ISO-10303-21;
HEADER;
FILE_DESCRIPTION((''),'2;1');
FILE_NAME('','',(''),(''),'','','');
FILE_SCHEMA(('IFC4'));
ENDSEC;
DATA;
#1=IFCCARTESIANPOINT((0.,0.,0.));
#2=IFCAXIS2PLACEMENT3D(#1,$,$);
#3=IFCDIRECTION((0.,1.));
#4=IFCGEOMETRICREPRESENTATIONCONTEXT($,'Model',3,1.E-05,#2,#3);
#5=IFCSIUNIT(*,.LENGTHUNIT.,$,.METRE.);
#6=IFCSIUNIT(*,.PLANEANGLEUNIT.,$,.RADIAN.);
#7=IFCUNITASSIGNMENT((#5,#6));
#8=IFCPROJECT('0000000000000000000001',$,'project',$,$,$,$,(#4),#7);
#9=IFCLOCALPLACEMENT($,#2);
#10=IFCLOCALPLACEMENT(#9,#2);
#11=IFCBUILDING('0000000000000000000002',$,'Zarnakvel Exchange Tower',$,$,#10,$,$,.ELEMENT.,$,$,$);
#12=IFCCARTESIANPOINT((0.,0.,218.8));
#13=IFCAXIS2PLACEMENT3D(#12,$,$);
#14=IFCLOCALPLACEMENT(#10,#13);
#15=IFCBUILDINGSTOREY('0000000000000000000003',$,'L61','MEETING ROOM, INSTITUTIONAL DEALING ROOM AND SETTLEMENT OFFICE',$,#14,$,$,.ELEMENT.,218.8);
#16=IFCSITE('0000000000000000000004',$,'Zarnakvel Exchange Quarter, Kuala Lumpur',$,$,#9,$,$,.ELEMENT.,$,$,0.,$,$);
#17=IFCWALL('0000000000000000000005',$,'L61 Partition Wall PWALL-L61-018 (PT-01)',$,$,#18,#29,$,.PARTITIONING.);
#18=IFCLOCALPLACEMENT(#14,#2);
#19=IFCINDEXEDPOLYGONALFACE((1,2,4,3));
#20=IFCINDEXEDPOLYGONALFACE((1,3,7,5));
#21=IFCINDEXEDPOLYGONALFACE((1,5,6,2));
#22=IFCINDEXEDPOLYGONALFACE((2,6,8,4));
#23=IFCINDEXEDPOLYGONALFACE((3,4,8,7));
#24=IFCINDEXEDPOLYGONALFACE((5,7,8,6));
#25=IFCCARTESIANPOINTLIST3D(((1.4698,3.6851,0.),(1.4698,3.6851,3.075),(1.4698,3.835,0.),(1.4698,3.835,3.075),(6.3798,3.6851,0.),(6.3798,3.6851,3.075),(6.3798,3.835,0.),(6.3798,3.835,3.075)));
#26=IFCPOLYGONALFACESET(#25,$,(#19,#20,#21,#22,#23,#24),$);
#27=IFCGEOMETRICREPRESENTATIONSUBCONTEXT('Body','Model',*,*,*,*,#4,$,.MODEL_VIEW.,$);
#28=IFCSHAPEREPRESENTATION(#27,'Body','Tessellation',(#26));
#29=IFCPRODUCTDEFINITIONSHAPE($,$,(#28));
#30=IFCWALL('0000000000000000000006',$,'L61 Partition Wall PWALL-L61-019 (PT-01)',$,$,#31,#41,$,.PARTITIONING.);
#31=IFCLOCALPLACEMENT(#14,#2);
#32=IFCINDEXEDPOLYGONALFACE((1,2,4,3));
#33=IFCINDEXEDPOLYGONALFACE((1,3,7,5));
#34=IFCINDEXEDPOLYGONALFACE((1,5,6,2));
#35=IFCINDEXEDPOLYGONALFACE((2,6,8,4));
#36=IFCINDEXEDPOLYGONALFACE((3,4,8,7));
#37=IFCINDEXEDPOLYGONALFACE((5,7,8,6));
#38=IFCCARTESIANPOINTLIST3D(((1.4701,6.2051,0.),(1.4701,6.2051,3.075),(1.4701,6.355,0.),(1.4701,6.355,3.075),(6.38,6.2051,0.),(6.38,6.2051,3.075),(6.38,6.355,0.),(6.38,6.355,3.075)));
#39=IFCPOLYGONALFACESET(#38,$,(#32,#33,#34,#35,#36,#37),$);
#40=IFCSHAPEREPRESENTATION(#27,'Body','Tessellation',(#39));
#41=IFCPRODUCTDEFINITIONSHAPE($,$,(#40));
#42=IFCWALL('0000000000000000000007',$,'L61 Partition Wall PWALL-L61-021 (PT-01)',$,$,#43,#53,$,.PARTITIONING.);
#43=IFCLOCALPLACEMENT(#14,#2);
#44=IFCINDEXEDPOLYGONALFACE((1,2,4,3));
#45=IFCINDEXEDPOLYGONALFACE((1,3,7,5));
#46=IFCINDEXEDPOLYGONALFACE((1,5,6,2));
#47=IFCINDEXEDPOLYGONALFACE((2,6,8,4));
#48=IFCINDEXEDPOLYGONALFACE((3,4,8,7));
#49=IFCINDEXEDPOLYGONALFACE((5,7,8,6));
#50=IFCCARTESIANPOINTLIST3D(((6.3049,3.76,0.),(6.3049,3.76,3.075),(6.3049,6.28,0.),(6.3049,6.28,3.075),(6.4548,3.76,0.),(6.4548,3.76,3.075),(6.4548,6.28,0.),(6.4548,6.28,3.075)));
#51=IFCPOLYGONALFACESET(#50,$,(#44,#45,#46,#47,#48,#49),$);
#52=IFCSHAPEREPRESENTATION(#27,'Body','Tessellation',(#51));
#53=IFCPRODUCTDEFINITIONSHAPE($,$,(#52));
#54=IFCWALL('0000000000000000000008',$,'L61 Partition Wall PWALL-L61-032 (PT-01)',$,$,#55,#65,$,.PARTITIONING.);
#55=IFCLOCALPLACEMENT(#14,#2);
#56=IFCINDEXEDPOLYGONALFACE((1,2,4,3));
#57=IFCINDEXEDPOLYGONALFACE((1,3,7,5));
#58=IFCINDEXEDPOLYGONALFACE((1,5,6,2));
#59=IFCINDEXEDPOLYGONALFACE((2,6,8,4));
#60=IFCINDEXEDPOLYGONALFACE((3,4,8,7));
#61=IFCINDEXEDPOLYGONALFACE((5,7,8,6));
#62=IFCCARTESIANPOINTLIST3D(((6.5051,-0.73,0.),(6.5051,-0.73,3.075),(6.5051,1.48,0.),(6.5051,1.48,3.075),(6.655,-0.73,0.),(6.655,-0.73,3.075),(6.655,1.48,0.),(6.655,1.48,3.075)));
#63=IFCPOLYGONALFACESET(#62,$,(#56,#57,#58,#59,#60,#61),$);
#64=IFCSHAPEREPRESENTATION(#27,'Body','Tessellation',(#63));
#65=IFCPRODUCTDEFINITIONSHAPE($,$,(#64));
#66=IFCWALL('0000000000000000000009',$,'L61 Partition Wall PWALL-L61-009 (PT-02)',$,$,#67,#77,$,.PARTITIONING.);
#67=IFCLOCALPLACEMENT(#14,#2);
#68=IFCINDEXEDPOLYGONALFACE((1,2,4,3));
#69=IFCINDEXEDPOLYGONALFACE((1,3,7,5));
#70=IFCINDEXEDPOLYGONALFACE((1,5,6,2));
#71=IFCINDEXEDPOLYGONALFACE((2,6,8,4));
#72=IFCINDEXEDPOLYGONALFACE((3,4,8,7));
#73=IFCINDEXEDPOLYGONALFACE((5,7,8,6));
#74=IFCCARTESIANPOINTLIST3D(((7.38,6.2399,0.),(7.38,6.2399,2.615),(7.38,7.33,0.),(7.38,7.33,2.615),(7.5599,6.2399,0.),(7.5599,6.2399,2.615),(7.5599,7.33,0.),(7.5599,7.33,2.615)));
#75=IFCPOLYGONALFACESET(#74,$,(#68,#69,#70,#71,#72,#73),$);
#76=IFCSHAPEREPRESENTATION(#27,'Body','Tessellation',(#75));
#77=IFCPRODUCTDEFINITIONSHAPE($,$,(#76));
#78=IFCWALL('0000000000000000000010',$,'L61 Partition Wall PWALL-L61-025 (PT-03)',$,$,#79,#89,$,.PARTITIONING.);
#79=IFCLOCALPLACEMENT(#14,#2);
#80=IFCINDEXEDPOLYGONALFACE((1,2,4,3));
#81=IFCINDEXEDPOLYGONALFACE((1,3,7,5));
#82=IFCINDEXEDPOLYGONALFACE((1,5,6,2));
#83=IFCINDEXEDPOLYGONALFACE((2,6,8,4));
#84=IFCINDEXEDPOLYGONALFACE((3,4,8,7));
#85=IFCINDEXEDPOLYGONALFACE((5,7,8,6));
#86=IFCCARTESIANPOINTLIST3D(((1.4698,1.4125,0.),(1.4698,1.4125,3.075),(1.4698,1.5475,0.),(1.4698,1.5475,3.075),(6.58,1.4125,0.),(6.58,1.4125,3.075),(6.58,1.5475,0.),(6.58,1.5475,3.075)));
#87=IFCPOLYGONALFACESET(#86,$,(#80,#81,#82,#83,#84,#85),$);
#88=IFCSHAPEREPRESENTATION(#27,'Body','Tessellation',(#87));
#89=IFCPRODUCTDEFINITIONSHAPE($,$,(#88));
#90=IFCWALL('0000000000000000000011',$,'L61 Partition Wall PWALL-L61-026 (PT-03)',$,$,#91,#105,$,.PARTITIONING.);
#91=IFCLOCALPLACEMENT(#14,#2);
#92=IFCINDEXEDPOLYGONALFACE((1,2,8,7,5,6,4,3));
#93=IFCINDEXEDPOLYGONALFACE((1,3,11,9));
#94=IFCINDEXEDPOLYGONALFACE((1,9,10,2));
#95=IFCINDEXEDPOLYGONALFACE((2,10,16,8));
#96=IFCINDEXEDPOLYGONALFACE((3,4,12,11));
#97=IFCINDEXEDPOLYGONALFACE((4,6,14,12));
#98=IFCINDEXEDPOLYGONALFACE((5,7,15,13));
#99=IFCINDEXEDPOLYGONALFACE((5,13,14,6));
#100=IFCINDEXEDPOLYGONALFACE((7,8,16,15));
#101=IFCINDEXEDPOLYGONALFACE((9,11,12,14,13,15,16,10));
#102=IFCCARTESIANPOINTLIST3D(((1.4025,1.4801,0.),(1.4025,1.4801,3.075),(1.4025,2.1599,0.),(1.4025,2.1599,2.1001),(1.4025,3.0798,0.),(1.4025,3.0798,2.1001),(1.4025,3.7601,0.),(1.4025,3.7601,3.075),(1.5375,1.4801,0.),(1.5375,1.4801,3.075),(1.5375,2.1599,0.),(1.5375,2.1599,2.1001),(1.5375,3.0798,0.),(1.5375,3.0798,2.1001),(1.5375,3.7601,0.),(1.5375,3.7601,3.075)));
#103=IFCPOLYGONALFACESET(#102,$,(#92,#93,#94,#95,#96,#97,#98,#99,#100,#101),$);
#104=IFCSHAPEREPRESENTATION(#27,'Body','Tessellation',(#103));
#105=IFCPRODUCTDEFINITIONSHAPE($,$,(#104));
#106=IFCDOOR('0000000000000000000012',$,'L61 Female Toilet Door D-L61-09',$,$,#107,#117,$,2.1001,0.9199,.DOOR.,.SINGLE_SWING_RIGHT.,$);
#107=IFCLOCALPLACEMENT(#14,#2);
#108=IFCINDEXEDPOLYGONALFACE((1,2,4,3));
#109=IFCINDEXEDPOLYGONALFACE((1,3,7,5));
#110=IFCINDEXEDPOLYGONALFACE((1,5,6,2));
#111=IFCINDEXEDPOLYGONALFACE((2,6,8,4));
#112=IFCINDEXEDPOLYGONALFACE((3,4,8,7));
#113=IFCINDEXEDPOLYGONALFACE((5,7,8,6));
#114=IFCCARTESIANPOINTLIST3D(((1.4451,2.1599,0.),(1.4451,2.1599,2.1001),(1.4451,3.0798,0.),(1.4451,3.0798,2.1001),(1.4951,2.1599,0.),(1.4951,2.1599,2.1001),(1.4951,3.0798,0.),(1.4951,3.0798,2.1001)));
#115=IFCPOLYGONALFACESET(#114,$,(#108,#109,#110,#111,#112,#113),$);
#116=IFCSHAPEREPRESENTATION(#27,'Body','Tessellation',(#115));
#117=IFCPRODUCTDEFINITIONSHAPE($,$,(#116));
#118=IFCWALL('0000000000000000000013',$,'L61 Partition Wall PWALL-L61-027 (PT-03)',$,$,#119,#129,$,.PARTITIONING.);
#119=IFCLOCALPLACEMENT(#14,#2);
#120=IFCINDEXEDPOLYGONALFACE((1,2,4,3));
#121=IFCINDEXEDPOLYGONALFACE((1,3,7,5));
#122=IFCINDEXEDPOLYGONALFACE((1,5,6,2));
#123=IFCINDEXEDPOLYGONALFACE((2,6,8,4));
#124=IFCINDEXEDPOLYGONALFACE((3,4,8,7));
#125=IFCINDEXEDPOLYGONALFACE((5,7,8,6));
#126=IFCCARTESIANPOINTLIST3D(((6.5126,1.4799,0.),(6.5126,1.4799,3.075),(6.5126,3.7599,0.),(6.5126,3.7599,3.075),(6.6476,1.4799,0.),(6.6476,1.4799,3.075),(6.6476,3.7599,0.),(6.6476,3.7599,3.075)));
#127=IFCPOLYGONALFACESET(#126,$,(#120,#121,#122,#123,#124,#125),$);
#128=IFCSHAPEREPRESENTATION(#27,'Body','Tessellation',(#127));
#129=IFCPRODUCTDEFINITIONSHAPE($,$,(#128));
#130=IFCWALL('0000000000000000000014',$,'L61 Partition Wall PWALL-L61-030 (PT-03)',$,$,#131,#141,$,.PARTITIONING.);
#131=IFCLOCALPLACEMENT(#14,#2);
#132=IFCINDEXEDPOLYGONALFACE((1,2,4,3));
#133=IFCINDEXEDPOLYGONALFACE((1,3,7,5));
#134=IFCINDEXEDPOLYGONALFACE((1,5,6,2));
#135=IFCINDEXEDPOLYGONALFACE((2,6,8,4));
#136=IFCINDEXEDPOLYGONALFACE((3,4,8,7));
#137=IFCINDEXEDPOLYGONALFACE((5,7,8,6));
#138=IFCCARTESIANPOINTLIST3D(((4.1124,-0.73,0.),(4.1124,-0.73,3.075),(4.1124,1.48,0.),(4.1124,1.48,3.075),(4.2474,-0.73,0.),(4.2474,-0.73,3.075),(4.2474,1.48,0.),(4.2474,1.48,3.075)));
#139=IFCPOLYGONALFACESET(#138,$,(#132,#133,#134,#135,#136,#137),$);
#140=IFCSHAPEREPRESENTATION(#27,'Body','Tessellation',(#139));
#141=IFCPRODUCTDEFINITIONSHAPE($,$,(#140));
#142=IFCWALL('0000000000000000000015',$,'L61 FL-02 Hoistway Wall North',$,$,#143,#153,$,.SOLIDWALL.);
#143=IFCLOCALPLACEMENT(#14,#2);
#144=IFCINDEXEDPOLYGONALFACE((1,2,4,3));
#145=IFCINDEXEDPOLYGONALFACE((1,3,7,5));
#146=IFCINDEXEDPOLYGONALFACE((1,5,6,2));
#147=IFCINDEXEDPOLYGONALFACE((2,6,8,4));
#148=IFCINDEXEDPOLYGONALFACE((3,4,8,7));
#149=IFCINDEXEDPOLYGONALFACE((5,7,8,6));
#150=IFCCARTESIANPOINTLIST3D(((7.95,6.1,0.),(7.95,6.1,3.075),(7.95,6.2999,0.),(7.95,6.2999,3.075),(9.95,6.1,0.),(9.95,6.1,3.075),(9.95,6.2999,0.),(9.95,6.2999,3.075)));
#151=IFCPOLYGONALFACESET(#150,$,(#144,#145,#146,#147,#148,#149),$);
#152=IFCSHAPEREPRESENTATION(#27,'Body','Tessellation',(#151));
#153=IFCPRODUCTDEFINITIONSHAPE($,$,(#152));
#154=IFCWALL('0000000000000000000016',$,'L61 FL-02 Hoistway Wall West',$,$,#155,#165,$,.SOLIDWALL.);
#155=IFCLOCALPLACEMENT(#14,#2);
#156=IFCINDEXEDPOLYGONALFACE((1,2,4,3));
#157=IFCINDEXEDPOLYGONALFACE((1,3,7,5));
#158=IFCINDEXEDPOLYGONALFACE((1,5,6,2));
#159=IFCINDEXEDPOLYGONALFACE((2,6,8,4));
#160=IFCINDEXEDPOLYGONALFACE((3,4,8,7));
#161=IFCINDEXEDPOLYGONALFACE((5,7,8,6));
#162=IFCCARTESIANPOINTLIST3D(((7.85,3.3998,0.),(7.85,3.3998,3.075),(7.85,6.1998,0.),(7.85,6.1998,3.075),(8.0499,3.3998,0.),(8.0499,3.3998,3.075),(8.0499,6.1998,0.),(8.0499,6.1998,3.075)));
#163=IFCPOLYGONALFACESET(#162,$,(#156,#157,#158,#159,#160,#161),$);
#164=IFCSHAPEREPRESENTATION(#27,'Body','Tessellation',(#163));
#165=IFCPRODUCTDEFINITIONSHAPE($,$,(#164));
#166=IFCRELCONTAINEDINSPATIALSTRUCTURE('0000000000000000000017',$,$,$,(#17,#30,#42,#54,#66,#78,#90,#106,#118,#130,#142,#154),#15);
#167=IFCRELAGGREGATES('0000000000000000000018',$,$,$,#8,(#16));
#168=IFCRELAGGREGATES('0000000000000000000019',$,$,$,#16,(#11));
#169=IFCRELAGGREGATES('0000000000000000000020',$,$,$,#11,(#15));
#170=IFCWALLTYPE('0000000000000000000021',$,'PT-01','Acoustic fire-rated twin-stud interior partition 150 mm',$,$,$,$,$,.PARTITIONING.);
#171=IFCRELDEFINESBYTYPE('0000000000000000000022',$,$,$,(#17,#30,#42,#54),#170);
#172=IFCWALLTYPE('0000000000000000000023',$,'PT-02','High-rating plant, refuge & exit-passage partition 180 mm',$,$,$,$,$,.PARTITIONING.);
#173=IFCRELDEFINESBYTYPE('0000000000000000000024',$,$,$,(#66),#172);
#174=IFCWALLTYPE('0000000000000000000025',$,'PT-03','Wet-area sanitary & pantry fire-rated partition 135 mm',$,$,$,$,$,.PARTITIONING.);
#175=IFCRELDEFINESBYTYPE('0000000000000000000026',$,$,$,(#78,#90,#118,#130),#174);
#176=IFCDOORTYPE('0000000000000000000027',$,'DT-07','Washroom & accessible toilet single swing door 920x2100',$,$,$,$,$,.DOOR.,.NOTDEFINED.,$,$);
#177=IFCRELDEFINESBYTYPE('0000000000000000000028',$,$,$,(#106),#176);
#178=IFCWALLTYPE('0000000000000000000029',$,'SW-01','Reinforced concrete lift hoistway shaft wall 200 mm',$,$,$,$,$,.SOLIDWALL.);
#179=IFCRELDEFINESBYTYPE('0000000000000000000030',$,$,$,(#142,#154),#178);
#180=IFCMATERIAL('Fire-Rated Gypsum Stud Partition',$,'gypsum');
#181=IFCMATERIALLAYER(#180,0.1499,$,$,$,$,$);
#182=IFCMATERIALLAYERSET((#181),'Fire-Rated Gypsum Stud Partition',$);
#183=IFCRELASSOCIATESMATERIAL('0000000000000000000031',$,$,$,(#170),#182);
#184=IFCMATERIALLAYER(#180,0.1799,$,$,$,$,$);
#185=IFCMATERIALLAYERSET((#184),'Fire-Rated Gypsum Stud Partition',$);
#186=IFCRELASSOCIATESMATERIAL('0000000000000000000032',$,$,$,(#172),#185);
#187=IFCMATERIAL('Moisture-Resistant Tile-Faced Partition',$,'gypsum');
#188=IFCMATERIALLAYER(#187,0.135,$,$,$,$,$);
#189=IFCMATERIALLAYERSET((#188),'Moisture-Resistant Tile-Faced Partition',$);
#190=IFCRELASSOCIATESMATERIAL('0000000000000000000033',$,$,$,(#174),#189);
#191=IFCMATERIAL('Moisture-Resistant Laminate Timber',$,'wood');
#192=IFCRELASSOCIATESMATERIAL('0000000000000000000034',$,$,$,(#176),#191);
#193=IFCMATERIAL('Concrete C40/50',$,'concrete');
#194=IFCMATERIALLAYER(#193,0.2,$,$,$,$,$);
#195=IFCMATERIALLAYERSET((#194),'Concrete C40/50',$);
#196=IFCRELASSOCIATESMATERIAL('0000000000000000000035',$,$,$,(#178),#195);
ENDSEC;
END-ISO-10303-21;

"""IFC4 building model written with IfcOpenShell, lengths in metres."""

from ifc_helpers import new_model, si_unit, direction, frame, frame_2d, origin, place, context, subcontext, project, spatial, rectangle, extrude, source, transform, mapped, material, layer, layer_set, type_object, element, fill, save


model = new_model("IFC4")

# Units and contexts
model_context = context("Model", 3, precision=1e-05, world=origin(), true_north=direction((0.0, 1.0)))
body_context = subcontext(model_context, "Body", "Model", "MODEL_VIEW")
ifc_project = project(units=[si_unit("LENGTHUNIT", "METRE"), si_unit("PLANEANGLEUNIT", "RADIAN")], contexts=[model_context])

# Site, building, storey
site_placement = place(None, origin())
site = spatial("IfcSite", under=ifc_project, at=site_placement, Name="Zarnakvel Exchange Quarter, Kuala Lumpur", CompositionType="ELEMENT", RefElevation=0.0)
building_placement = place(site_placement, origin())
building = spatial("IfcBuilding", under=site, at=building_placement, Name="Zarnakvel Exchange Tower", CompositionType="ELEMENT")
storey_placement = place(building_placement, frame((0.0, 0.0, 218.8)))
storey = spatial("IfcBuildingStorey", under=building, at=storey_placement, Name="L61", Description="MEETING ROOM, INSTITUTIONAL DEALING ROOM AND SETTLEMENT OFFICE", CompositionType="ELEMENT", Elevation=218.8)

# Walls
ifc_material_1 = material(Name="Fire-Rated Gypsum Stud Partition", Category="gypsum")
ifc_layer_1 = layer(ifc_material_1, 0.1499)
ifc_layer_set_1 = layer_set([ifc_layer_1], Name="Fire-Rated Gypsum Stud Partition")
wall_type_1 = type_object("IfcWallType", Name="PT-01", Description="Acoustic fire-rated twin-stud interior partition 150 mm", PredefinedType="PARTITIONING", material=ifc_layer_set_1)
for number, where, z_axis, x_axis, name in (
    (1, (6.3799, 3.76, 0.0), (0.0, 0.0, 1.0), (-1.0, 0.0, 0.0), "L61 Partition Wall PWALL-L61-018 (PT-01)"),
    (2, (1.47, 6.28, 0.0), (0.0, 0.0, 1.0), (1.0, 0.0, 0.0), "L61 Partition Wall PWALL-L61-019 (PT-01)"),
):
    element("IfcWall", number, at=place(storey_placement, frame(where, z_axis=z_axis, x_axis=x_axis)), inside=storey, type_object=wall_type_1, Name=name, PredefinedType="PARTITIONING", context=body_context, shape_type="SweptSolid", body=[
        extrude(rectangle(XDim=4.9099, YDim=0.1499, at=frame_2d((2.4551, 0.0))), origin(), (0.0, 0.0, 1.0), 3.075),
    ])

# Walls
wall_1_placement = place(storey_placement, frame((6.3799, 6.28, 0.0), z_axis=(0.0, 0.0, 1.0), x_axis=(0.0, -1.0, 0.0)))
element("IfcWall", 3, at=wall_1_placement, inside=storey, type_object=wall_type_1, Name="L61 Partition Wall PWALL-L61-021 (PT-01)", PredefinedType="PARTITIONING", context=body_context, shape_type="SweptSolid", body=[
    extrude(rectangle(XDim=2.52, YDim=0.1499, at=frame_2d((1.26, 0.0))), origin(), (0.0, 0.0, 1.0), 3.075),
])
wall_2_placement = place(storey_placement, frame((6.5801, 1.48, 0.0), z_axis=(0.0, 0.0, 1.0), x_axis=(0.0, -1.0, 0.0)))
element("IfcWall", 4, at=wall_2_placement, inside=storey, type_object=wall_type_1, Name="L61 Partition Wall PWALL-L61-032 (PT-01)", PredefinedType="PARTITIONING", context=body_context, shape_type="SweptSolid", body=[
    extrude(rectangle(XDim=2.21, YDim=0.1499, at=frame_2d((1.105, 0.0))), origin(), (0.0, 0.0, 1.0), 3.075),
])
ifc_layer_2 = layer(ifc_material_1, 0.1799)
ifc_layer_set_2 = layer_set([ifc_layer_2], Name="Fire-Rated Gypsum Stud Partition")
wall_type_2 = type_object("IfcWallType", Name="PT-02", Description="High-rating plant, refuge & exit-passage partition 180 mm", PredefinedType="PARTITIONING", material=ifc_layer_set_2)
wall_3_placement = place(storey_placement, frame((7.47, 6.24, 0.0), z_axis=(0.0, 0.0, 1.0), x_axis=(0.0, 1.0, 0.0)))
element("IfcWall", 5, at=wall_3_placement, inside=storey, type_object=wall_type_2, Name="L61 Partition Wall PWALL-L61-009 (PT-02)", PredefinedType="PARTITIONING", context=body_context, shape_type="SweptSolid", body=[
    extrude(rectangle(XDim=1.0901, YDim=0.1799, at=frame_2d((0.5449, 0.0))), origin(), (0.0, 0.0, 1.0), 2.615),
])
ifc_material_2 = material(Name="Moisture-Resistant Tile-Faced Partition", Category="gypsum")
ifc_layer_3 = layer(ifc_material_2, 0.135)
ifc_layer_set_3 = layer_set([ifc_layer_3], Name="Moisture-Resistant Tile-Faced Partition")
wall_type_3 = type_object("IfcWallType", Name="PT-03", Description="Wet-area sanitary & pantry fire-rated partition 135 mm", PredefinedType="PARTITIONING", material=ifc_layer_set_3)
wall_4_placement = place(storey_placement, frame((6.5801, 1.48, 0.0), z_axis=(0.0, 0.0, 1.0), x_axis=(-1.0, 0.0, 0.0)))
element("IfcWall", 6, at=wall_4_placement, inside=storey, type_object=wall_type_3, Name="L61 Partition Wall PWALL-L61-025 (PT-03)", PredefinedType="PARTITIONING", context=body_context, shape_type="SweptSolid", body=[
    extrude(rectangle(XDim=5.1101, YDim=0.135, at=frame_2d((2.5552, 0.0))), origin(), (0.0, 0.0, 1.0), 3.075),
])

# Wall, opening, door
wall_5_placement = place(storey_placement, frame((1.47, 1.48, 0.0), z_axis=(0.0, 0.0, 1.0), x_axis=(0.0, 1.0, 0.0)))
wall_5 = element("IfcWall", 7, at=wall_5_placement, inside=storey, type_object=wall_type_3, Name="L61 Partition Wall PWALL-L61-026 (PT-03)", PredefinedType="PARTITIONING", context=body_context, shape_type="SweptSolid", body=[
    extrude(rectangle(XDim=2.28, YDim=0.135, at=frame_2d((1.1401, 0.0))), origin(), (0.0, 0.0, 1.0), 3.075),
])
opening_1_placement = place(wall_5_placement, frame((0.6799, 0.0, 0.0)))
opening_1 = element("IfcOpeningElement", 8, at=opening_1_placement, cuts=wall_5, PredefinedType="OPENING", context=body_context, shape_type="SweptSolid", body=[
    extrude(rectangle(XDim=0.9199, YDim=2.1001, at=frame_2d((0.46, 1.05))), frame((0.0, 0.0774, 0.0), z_axis=(0.0, -1.0, 0.0), x_axis=(1.0, 0.0, 0.0)), (0.0, 0.0, 1.0), 0.155),
])
ifc_material_3 = material(Name="Moisture-Resistant Laminate Timber", Category="wood")
door_type_1 = type_object("IfcDoorType", Name="DT-07", Description="Washroom & accessible toilet single swing door 920x2100", OperationType="NOTDEFINED", PredefinedType="DOOR", material=ifc_material_3)
shared_shape_1 = source(origin(), body_context, "Body", "SweptSolid", [
    extrude(rectangle(XDim=0.9199, YDim=2.1001, at=frame_2d((0.46, 1.05))), frame((0.0, 0.0249, 0.0), z_axis=(0.0, -1.0, 0.0), x_axis=(1.0, 0.0, 0.0)), (0.0, 0.0, 1.0), 0.05),
])
door_1_placement = place(opening_1_placement, origin())
door_1 = element("IfcDoor", 9, at=door_1_placement, inside=storey, type_object=door_type_1, Name="L61 Female Toilet Door D-L61-09", OperationType="SINGLE_SWING_RIGHT", OverallHeight=2.1001, OverallWidth=0.9199, PredefinedType="DOOR", context=body_context, shape_type="MappedRepresentation", body=[
    mapped(shared_shape_1, transform((0.0, 0.0, 0.0), x_axis=(1.0, 0.0, 0.0), y_axis=(0.0, 1.0, 0.0), z_axis=(0.0, 0.0, 1.0), scale=1.0)),
])
fill(opening_1, door_1)

# Walls
wall_6_placement = place(storey_placement, frame((6.5801, 3.76, 0.0), z_axis=(0.0, 0.0, 1.0), x_axis=(0.0, -1.0, 0.0)))
element("IfcWall", 10, at=wall_6_placement, inside=storey, type_object=wall_type_3, Name="L61 Partition Wall PWALL-L61-027 (PT-03)", PredefinedType="PARTITIONING", context=body_context, shape_type="SweptSolid", body=[
    extrude(rectangle(XDim=2.28, YDim=0.135, at=frame_2d((1.1401, 0.0))), origin(), (0.0, 0.0, 1.0), 3.075),
])
wall_7_placement = place(storey_placement, frame((4.1799, 1.48, 0.0), z_axis=(0.0, 0.0, 1.0), x_axis=(0.0, -1.0, 0.0)))
element("IfcWall", 11, at=wall_7_placement, inside=storey, type_object=wall_type_3, Name="L61 Partition Wall PWALL-L61-030 (PT-03)", PredefinedType="PARTITIONING", context=body_context, shape_type="SweptSolid", body=[
    extrude(rectangle(XDim=2.21, YDim=0.135, at=frame_2d((1.105, 0.0))), origin(), (0.0, 0.0, 1.0), 3.075),
])
ifc_material_4 = material(Name="Concrete C40/50", Category="concrete")
ifc_layer_4 = layer(ifc_material_4, 0.2)
ifc_layer_set_4 = layer_set([ifc_layer_4], Name="Concrete C40/50")
wall_type_4 = type_object("IfcWallType", Name="SW-01", Description="Reinforced concrete lift hoistway shaft wall 200 mm", PredefinedType="SOLIDWALL", material=ifc_layer_set_4)
wall_8_placement = place(storey_placement, frame((7.95, 6.2, 0.0), z_axis=(0.0, 0.0, 1.0), x_axis=(1.0, 0.0, 0.0)))
element("IfcWall", 12, at=wall_8_placement, inside=storey, type_object=wall_type_4, Name="L61 FL-02 Hoistway Wall North", PredefinedType="SOLIDWALL", context=body_context, shape_type="SweptSolid", body=[
    extrude(rectangle(XDim=2.0, YDim=0.2, at=frame_2d((1.0, 0.0))), origin(), (0.0, 0.0, 1.0), 3.075),
])
wall_9_placement = place(storey_placement, frame((7.95, 3.3999, 0.0), z_axis=(0.0, 0.0, 1.0), x_axis=(0.0, 1.0, 0.0)))
element("IfcWall", 13, at=wall_9_placement, inside=storey, type_object=wall_type_4, Name="L61 FL-02 Hoistway Wall West", PredefinedType="SOLIDWALL", context=body_context, shape_type="SweptSolid", body=[
    extrude(rectangle(XDim=2.8, YDim=0.2, at=frame_2d((1.3999, 0.0))), origin(), (0.0, 0.0, 1.0), 3.075),
])

save(model, "model.ifc")
